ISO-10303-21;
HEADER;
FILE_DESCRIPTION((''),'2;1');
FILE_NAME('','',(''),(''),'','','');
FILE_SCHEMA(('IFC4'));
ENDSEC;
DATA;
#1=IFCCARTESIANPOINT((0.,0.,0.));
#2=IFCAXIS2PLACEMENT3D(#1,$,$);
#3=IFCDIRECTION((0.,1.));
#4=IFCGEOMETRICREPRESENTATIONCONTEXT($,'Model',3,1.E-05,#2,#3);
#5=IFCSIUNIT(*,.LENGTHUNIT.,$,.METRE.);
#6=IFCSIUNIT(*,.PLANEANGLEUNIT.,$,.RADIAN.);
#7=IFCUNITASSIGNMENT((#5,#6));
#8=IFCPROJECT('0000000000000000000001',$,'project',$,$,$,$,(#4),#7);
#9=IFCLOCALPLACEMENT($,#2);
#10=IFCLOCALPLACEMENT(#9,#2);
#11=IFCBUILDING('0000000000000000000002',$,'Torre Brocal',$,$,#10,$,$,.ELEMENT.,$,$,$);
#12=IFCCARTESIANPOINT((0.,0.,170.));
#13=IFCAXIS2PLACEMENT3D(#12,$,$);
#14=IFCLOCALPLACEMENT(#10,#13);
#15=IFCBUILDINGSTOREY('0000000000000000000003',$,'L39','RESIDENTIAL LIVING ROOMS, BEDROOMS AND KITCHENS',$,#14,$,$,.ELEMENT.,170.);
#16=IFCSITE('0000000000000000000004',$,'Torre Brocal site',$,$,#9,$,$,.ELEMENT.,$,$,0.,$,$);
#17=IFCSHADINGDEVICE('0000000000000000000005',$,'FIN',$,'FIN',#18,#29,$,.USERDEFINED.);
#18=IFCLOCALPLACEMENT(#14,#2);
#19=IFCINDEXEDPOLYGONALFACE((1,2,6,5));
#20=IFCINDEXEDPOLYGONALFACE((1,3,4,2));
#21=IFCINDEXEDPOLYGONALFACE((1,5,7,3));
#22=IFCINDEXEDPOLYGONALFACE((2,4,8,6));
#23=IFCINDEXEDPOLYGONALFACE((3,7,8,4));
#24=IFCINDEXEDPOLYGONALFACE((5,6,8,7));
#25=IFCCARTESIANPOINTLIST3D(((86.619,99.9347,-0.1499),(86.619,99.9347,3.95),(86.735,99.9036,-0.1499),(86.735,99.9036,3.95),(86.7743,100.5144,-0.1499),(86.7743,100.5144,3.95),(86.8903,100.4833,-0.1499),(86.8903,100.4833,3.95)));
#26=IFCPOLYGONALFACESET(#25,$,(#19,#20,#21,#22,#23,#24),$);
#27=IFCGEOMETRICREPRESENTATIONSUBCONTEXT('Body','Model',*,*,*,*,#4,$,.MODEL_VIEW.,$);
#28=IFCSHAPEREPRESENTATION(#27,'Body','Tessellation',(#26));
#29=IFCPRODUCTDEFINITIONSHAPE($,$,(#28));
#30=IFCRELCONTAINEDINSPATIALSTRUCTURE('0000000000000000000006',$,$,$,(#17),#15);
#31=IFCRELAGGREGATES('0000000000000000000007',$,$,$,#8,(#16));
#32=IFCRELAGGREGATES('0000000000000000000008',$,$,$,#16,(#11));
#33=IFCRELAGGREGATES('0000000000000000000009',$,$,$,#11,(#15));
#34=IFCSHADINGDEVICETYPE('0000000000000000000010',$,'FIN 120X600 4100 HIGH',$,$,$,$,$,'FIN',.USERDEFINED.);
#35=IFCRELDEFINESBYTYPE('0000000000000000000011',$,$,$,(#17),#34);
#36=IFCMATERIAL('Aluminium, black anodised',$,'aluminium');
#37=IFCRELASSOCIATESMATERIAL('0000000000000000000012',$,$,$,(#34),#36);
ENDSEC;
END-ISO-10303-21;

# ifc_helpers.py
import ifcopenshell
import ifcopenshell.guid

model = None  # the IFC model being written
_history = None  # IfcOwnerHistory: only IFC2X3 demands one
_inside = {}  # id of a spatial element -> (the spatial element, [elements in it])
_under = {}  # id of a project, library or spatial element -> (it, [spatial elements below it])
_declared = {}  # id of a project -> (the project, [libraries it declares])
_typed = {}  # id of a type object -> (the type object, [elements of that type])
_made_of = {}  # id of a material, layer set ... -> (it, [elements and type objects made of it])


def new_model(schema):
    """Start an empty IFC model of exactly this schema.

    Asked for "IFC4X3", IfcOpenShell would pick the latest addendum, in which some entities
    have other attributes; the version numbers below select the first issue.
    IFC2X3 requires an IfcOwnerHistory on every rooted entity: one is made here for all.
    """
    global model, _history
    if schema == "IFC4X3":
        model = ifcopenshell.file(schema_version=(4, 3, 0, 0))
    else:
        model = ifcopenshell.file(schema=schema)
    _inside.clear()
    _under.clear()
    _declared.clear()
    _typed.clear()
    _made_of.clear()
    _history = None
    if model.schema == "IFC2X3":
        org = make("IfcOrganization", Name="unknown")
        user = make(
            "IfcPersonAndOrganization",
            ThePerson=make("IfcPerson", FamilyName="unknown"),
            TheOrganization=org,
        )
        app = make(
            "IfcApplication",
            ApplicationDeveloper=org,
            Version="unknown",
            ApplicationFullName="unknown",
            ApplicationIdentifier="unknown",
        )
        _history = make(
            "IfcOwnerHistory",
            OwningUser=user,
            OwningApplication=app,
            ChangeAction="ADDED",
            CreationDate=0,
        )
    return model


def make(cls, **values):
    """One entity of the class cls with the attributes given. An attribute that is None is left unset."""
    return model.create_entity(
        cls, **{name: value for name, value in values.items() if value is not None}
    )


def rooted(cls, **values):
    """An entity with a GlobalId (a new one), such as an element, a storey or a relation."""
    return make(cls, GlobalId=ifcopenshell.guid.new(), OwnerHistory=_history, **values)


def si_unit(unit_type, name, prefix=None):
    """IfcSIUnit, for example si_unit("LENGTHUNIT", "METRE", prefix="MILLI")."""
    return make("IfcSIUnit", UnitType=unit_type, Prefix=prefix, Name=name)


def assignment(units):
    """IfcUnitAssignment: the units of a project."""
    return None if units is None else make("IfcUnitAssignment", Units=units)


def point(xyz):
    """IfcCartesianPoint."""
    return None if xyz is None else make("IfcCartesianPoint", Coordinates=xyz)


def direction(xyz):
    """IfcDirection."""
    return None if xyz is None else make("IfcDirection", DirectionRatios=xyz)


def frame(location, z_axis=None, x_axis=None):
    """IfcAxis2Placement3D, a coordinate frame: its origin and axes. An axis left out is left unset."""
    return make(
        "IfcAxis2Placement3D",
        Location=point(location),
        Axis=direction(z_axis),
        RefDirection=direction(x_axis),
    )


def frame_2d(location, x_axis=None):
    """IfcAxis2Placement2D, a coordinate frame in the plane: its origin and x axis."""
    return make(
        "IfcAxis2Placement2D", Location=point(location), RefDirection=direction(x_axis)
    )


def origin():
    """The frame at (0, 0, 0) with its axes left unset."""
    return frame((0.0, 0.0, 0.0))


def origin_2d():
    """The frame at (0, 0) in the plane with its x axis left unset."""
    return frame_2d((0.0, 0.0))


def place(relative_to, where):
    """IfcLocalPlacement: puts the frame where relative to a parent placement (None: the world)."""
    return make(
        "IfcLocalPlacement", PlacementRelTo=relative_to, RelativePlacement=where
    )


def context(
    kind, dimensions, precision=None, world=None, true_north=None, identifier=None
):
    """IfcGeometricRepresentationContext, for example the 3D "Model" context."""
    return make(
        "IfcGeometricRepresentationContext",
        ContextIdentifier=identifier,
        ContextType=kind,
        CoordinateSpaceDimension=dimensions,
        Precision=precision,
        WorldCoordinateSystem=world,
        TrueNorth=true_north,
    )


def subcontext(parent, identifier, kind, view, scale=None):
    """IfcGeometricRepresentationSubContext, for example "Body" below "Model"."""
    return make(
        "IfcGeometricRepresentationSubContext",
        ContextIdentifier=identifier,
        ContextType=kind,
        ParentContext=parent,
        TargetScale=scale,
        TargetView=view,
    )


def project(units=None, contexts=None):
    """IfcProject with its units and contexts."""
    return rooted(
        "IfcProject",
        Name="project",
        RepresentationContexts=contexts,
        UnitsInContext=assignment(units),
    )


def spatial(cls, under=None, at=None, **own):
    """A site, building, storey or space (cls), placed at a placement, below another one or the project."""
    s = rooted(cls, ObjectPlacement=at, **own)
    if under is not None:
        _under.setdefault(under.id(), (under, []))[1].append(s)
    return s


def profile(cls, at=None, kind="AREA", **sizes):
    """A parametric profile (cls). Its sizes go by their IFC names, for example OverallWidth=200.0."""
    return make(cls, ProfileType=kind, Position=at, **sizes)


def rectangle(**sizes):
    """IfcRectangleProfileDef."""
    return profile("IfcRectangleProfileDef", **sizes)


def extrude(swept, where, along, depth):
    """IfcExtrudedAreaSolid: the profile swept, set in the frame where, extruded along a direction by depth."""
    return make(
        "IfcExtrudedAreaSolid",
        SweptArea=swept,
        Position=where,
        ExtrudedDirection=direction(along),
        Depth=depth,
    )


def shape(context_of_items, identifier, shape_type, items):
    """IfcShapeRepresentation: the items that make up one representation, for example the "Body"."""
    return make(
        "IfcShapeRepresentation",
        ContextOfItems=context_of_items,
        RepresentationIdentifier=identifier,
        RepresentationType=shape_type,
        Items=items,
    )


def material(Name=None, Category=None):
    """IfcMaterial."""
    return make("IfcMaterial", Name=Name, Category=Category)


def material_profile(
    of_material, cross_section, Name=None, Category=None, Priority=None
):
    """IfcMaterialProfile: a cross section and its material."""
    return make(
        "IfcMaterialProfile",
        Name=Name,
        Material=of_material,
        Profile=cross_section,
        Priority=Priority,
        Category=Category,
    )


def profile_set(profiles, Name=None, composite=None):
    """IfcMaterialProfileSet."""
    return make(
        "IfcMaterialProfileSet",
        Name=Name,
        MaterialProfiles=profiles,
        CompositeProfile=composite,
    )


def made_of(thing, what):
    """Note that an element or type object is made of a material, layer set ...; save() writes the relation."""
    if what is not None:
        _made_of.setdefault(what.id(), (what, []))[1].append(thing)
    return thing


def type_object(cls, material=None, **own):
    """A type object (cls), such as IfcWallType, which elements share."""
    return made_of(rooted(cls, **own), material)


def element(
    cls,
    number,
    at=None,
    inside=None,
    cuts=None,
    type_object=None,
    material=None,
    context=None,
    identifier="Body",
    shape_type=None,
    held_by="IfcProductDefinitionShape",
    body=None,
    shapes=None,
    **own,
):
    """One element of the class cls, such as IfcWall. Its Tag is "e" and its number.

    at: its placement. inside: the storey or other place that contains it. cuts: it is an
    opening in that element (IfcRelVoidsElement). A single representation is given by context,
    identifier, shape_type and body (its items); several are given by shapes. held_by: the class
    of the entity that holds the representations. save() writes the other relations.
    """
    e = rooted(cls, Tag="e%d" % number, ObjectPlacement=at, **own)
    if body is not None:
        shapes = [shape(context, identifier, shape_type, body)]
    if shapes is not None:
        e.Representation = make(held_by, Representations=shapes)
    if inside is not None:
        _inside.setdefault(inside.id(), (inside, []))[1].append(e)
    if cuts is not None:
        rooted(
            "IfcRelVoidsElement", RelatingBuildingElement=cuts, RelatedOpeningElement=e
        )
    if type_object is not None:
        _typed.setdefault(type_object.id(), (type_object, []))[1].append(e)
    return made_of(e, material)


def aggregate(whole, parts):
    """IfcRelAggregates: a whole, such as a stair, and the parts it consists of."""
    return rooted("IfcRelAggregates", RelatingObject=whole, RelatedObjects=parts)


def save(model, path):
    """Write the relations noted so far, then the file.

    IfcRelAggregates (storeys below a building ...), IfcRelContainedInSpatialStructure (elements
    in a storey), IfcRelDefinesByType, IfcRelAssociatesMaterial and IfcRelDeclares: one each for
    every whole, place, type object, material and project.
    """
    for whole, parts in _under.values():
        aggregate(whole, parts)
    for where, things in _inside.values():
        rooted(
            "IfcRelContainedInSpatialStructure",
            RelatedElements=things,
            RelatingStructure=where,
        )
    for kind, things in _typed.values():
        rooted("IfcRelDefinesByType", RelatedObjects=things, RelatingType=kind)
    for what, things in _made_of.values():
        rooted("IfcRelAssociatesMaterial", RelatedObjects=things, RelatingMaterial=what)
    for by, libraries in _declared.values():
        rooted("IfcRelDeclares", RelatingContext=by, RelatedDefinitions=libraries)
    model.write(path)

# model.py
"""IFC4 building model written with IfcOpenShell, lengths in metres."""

from ifc_helpers import new_model, si_unit, direction, frame, origin, origin_2d, place, context, subcontext, project, spatial, rectangle, extrude, material, material_profile, profile_set, type_object, element, save


model = new_model("IFC4")

# Units and contexts
model_context = context("Model", 3, precision=1e-05, world=origin(), true_north=direction((0.0, 1.0)))
body_context = subcontext(model_context, "Body", "Model", "MODEL_VIEW")
ifc_project = project(units=[si_unit("LENGTHUNIT", "METRE"), si_unit("PLANEANGLEUNIT", "RADIAN")], contexts=[model_context])

# Site, building, storey
site_placement = place(None, origin())
site = spatial("IfcSite", under=ifc_project, at=site_placement, Name="Torre Brocal site", CompositionType="ELEMENT", RefElevation=0.0)
building_placement = place(site_placement, origin())
building = spatial("IfcBuilding", under=site, at=building_placement, Name="Torre Brocal", CompositionType="ELEMENT")
storey_placement = place(building_placement, frame((0.0, 0.0, 170.0)))
storey = spatial("IfcBuildingStorey", under=building, at=storey_placement, Name="L39", Description="RESIDENTIAL LIVING ROOMS, BEDROOMS AND KITCHENS", CompositionType="ELEMENT", Elevation=170.0)

# Shading device
ifc_material_1 = material(Name="Aluminium, black anodised", Category="aluminium")
ifc_material_profile_1 = material_profile(ifc_material_1, rectangle(XDim=0.1201, YDim=0.6001, at=origin_2d()), Name="FIN 120X600 4100 HIGH")
ifc_profile_set_1 = profile_set([ifc_material_profile_1], Name="Aluminium, black anodised")
shading_device_type = type_object("IfcShadingDeviceType", Name="FIN 120X600 4100 HIGH", ElementType="FIN", PredefinedType="USERDEFINED", material=ifc_profile_set_1)
shading_device_placement = place(storey_placement, frame((86.7546, 100.209, -0.1499), z_axis=(0.0, 0.0, 1.0), x_axis=(-0.965926, 0.258819, 0.0)))
element("IfcShadingDevice", 1, at=shading_device_placement, inside=storey, type_object=shading_device_type, Name="FIN", ObjectType="FIN", PredefinedType="USERDEFINED", context=body_context, shape_type="SweptSolid", body=[
    extrude(rectangle(XDim=0.1201, YDim=0.6001, at=origin_2d()), origin(), (0.0, 0.0, 1.0), 4.0999),
])

save(model, "model.ifc")
